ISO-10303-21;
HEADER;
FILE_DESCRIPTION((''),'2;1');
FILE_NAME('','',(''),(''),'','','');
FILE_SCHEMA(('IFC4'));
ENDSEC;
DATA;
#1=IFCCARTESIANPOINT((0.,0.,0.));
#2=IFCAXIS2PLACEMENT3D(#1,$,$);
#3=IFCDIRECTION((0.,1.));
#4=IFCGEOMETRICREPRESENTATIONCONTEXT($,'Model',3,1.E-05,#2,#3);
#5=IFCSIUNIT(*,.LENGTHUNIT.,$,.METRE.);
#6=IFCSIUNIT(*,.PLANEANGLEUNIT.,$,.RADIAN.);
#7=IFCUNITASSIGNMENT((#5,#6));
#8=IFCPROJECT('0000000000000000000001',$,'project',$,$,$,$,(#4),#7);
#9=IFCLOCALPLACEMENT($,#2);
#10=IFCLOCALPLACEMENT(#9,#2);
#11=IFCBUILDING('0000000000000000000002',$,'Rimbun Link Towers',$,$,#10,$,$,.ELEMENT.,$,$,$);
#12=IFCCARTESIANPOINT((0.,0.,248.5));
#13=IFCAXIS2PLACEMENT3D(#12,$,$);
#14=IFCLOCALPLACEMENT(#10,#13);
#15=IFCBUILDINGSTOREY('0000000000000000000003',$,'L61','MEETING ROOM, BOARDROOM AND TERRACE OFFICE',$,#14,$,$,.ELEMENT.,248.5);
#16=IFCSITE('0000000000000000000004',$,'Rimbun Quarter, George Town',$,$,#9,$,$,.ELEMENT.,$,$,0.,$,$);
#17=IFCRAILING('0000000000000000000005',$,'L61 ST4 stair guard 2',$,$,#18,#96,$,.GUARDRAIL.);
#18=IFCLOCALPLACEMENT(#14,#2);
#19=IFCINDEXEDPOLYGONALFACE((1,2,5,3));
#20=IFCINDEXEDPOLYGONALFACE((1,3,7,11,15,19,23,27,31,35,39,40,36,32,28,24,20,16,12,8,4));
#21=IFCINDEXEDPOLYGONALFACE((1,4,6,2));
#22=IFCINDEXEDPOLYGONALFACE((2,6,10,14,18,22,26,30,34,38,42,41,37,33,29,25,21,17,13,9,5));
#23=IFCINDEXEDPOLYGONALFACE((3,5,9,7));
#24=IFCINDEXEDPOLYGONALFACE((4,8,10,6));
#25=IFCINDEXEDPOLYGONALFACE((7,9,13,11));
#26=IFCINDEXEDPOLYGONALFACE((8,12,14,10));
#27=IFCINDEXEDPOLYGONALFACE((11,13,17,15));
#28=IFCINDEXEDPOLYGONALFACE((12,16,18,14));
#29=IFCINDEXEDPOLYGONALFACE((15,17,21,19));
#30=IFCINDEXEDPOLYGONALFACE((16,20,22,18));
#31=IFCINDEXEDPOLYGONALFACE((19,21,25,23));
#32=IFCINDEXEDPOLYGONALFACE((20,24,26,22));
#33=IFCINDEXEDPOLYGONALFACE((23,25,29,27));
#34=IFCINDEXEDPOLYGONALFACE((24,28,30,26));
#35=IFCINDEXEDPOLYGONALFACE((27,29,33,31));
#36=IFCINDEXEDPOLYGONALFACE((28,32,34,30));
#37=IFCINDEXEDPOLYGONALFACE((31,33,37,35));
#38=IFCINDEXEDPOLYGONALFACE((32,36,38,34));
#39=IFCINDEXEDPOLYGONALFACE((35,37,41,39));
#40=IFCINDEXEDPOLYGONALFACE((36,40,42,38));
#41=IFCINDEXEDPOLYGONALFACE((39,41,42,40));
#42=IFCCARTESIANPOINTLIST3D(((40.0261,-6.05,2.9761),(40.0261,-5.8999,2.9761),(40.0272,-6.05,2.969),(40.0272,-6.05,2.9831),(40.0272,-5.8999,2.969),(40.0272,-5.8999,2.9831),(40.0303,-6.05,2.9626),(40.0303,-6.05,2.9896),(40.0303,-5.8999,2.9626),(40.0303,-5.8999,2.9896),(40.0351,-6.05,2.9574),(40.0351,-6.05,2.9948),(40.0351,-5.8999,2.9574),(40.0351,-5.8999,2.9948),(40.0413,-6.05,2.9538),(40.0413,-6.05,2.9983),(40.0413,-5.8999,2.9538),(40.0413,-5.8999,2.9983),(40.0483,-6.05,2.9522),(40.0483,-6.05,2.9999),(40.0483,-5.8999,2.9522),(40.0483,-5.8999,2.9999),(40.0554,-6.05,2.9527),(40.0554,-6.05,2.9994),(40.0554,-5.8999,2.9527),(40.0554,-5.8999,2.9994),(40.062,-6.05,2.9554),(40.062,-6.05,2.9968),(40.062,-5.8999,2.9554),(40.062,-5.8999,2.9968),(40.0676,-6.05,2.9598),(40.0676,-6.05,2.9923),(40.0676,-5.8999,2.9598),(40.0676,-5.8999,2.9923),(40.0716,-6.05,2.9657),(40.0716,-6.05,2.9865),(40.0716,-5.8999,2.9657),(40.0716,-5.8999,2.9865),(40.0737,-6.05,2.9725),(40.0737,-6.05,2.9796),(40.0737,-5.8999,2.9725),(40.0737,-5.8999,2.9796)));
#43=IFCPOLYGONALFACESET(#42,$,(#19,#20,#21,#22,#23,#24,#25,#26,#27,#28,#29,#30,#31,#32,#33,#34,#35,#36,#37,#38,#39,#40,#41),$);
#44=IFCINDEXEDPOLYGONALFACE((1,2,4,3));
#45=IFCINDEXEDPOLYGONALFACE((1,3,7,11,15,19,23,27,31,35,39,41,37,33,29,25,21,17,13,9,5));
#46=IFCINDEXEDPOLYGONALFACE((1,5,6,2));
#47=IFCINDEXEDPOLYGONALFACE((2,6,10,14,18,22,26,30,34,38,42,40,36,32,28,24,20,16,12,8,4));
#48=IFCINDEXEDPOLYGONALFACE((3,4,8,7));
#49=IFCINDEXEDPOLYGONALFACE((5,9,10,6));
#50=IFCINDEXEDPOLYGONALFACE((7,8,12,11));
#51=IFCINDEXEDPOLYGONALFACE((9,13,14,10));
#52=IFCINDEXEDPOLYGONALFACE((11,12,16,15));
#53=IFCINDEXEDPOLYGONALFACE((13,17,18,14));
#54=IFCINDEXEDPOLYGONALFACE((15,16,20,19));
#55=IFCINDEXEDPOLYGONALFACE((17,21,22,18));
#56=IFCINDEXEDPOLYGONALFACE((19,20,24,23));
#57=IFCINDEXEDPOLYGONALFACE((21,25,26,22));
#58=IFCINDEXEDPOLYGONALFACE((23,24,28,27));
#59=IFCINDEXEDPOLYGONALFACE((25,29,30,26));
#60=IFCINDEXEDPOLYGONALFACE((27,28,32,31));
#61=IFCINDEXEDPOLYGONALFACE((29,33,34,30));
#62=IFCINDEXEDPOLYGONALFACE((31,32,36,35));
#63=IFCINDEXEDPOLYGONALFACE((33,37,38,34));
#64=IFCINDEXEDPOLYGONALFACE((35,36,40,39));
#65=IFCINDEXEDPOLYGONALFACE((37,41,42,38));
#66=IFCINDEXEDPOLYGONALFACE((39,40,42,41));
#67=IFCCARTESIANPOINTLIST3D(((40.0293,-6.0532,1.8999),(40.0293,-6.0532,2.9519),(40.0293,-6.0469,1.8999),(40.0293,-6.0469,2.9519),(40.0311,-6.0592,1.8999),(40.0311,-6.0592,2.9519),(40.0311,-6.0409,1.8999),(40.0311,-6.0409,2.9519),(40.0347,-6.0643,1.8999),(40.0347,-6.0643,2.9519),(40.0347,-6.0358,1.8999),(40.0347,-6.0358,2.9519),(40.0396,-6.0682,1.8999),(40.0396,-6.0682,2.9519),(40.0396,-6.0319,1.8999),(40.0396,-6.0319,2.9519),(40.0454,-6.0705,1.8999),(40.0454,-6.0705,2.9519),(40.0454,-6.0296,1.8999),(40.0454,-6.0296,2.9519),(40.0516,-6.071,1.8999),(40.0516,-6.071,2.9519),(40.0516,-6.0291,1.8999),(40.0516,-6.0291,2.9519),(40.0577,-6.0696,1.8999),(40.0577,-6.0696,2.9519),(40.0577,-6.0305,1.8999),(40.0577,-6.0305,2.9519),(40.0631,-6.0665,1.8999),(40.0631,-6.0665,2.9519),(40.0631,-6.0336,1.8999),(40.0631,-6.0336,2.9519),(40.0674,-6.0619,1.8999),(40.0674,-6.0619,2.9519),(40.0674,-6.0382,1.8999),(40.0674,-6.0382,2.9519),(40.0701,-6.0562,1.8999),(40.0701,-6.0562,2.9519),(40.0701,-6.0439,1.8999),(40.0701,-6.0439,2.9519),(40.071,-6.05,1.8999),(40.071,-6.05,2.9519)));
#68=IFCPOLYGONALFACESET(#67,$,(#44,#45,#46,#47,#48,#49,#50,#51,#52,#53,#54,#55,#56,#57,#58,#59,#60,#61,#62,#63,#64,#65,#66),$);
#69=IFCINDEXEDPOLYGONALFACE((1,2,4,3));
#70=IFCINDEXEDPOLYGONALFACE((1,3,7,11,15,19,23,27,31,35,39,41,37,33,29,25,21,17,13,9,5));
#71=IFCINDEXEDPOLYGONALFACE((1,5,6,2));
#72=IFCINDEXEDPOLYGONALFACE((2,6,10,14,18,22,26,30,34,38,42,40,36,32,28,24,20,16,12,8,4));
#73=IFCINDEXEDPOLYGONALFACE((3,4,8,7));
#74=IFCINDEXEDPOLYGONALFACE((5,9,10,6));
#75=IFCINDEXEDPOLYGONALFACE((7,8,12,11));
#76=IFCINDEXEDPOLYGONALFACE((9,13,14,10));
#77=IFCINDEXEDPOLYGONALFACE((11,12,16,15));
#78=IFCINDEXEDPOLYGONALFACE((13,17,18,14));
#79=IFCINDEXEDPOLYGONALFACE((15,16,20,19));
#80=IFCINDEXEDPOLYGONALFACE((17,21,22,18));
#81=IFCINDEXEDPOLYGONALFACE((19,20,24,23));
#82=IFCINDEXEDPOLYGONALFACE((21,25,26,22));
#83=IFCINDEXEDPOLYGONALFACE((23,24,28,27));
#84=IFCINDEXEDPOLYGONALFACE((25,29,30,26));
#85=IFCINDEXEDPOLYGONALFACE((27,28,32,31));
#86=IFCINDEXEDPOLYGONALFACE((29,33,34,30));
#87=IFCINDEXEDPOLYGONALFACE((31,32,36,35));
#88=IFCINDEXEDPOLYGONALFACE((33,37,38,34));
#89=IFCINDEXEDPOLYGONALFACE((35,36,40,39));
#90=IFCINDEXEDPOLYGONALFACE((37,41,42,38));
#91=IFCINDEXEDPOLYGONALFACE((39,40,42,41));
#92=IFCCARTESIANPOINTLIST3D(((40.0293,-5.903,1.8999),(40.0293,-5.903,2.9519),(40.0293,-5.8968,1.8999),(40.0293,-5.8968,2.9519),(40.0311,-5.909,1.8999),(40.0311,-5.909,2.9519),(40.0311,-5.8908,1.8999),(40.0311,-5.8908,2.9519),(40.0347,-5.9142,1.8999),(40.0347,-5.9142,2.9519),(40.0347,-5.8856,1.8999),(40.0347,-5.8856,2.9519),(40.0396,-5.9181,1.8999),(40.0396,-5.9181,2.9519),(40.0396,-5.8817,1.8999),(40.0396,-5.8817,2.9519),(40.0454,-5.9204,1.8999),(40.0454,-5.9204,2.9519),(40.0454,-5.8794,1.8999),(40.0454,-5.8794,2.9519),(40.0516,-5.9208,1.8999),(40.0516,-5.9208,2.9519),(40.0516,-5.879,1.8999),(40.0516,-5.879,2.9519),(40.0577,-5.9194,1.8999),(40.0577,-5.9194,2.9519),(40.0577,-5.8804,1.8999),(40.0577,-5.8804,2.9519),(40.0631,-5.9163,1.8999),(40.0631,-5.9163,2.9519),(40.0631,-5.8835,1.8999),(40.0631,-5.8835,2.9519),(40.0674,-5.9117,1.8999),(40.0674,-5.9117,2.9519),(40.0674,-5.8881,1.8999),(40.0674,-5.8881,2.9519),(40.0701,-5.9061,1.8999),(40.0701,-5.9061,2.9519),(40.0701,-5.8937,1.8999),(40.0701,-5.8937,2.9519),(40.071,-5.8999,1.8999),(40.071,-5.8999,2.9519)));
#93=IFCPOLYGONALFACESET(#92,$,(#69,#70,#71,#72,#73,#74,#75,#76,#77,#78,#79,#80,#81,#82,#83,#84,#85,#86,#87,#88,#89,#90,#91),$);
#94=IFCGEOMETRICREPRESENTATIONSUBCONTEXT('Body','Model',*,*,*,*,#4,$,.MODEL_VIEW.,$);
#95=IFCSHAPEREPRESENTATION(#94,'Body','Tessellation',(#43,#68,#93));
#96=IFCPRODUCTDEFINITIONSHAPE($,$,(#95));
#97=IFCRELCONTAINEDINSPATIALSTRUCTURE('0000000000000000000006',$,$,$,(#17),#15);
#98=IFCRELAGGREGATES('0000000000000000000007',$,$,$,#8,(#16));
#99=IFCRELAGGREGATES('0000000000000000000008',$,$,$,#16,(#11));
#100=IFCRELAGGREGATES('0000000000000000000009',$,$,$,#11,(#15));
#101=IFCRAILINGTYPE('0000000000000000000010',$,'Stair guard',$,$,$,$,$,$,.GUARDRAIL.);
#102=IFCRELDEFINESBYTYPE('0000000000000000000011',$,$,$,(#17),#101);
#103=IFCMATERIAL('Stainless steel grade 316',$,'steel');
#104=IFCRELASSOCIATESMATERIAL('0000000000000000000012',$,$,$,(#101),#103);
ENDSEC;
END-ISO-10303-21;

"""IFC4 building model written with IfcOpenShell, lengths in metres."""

from ifc_helpers import new_model, si_unit, direction, frame, origin, origin_2d, place, context, subcontext, project, spatial, circle, extrude, material, type_object, element, save


model = new_model("IFC4")

# Units and contexts
model_context = context("Model", 3, precision=1e-05, world=origin(), true_north=direction((0.0, 1.0)))
body_context = subcontext(model_context, "Body", "Model", "MODEL_VIEW")
ifc_project = project(units=[si_unit("LENGTHUNIT", "METRE"), si_unit("PLANEANGLEUNIT", "RADIAN")], contexts=[model_context])

# Site, building, storey
site_placement = place(None, origin())
site = spatial("IfcSite", under=ifc_project, at=site_placement, Name="Rimbun Quarter, George Town", CompositionType="ELEMENT", RefElevation=0.0)
building_placement = place(site_placement, origin())
building = spatial("IfcBuilding", under=site, at=building_placement, Name="Rimbun Link Towers", CompositionType="ELEMENT")
storey_placement = place(building_placement, frame((0.0, 0.0, 248.5)))
storey = spatial("IfcBuildingStorey", under=building, at=storey_placement, Name="L61", Description="MEETING ROOM, BOARDROOM AND TERRACE OFFICE", CompositionType="ELEMENT", Elevation=248.5)

# Railing
ifc_material_1 = material(Name="Stainless steel grade 316", Category="steel")
railing_type_1 = type_object("IfcRailingType", Name="Stair guard", PredefinedType="GUARDRAIL", material=ifc_material_1)
railing_1_placement = place(storey_placement, frame((40.05, -6.05, 1.8999)))
element("IfcRailing", 1, at=railing_1_placement, inside=storey, type_object=railing_type_1, Name="L61 ST4 stair guard 2", PredefinedType="GUARDRAIL", context=body_context, shape_type="SweptSolid", body=[
    extrude(circle(Radius=0.0239, at=origin_2d()), frame((0.0, 0.0, 1.0762), z_axis=(0.0, 1.0, 0.0), x_axis=(-1.0, 0.0, 0.0)), (0.0, 0.0, 1.0), 0.1501),
    extrude(circle(Radius=0.021, at=origin_2d()), origin(), (0.0, 0.0, 1.0), 1.052),
    extrude(circle(Radius=0.021, at=origin_2d()), frame((0.0, 0.1501, 0.0)), (0.0, 0.0, 1.0), 1.052),
])

save(model, "model.ifc")
